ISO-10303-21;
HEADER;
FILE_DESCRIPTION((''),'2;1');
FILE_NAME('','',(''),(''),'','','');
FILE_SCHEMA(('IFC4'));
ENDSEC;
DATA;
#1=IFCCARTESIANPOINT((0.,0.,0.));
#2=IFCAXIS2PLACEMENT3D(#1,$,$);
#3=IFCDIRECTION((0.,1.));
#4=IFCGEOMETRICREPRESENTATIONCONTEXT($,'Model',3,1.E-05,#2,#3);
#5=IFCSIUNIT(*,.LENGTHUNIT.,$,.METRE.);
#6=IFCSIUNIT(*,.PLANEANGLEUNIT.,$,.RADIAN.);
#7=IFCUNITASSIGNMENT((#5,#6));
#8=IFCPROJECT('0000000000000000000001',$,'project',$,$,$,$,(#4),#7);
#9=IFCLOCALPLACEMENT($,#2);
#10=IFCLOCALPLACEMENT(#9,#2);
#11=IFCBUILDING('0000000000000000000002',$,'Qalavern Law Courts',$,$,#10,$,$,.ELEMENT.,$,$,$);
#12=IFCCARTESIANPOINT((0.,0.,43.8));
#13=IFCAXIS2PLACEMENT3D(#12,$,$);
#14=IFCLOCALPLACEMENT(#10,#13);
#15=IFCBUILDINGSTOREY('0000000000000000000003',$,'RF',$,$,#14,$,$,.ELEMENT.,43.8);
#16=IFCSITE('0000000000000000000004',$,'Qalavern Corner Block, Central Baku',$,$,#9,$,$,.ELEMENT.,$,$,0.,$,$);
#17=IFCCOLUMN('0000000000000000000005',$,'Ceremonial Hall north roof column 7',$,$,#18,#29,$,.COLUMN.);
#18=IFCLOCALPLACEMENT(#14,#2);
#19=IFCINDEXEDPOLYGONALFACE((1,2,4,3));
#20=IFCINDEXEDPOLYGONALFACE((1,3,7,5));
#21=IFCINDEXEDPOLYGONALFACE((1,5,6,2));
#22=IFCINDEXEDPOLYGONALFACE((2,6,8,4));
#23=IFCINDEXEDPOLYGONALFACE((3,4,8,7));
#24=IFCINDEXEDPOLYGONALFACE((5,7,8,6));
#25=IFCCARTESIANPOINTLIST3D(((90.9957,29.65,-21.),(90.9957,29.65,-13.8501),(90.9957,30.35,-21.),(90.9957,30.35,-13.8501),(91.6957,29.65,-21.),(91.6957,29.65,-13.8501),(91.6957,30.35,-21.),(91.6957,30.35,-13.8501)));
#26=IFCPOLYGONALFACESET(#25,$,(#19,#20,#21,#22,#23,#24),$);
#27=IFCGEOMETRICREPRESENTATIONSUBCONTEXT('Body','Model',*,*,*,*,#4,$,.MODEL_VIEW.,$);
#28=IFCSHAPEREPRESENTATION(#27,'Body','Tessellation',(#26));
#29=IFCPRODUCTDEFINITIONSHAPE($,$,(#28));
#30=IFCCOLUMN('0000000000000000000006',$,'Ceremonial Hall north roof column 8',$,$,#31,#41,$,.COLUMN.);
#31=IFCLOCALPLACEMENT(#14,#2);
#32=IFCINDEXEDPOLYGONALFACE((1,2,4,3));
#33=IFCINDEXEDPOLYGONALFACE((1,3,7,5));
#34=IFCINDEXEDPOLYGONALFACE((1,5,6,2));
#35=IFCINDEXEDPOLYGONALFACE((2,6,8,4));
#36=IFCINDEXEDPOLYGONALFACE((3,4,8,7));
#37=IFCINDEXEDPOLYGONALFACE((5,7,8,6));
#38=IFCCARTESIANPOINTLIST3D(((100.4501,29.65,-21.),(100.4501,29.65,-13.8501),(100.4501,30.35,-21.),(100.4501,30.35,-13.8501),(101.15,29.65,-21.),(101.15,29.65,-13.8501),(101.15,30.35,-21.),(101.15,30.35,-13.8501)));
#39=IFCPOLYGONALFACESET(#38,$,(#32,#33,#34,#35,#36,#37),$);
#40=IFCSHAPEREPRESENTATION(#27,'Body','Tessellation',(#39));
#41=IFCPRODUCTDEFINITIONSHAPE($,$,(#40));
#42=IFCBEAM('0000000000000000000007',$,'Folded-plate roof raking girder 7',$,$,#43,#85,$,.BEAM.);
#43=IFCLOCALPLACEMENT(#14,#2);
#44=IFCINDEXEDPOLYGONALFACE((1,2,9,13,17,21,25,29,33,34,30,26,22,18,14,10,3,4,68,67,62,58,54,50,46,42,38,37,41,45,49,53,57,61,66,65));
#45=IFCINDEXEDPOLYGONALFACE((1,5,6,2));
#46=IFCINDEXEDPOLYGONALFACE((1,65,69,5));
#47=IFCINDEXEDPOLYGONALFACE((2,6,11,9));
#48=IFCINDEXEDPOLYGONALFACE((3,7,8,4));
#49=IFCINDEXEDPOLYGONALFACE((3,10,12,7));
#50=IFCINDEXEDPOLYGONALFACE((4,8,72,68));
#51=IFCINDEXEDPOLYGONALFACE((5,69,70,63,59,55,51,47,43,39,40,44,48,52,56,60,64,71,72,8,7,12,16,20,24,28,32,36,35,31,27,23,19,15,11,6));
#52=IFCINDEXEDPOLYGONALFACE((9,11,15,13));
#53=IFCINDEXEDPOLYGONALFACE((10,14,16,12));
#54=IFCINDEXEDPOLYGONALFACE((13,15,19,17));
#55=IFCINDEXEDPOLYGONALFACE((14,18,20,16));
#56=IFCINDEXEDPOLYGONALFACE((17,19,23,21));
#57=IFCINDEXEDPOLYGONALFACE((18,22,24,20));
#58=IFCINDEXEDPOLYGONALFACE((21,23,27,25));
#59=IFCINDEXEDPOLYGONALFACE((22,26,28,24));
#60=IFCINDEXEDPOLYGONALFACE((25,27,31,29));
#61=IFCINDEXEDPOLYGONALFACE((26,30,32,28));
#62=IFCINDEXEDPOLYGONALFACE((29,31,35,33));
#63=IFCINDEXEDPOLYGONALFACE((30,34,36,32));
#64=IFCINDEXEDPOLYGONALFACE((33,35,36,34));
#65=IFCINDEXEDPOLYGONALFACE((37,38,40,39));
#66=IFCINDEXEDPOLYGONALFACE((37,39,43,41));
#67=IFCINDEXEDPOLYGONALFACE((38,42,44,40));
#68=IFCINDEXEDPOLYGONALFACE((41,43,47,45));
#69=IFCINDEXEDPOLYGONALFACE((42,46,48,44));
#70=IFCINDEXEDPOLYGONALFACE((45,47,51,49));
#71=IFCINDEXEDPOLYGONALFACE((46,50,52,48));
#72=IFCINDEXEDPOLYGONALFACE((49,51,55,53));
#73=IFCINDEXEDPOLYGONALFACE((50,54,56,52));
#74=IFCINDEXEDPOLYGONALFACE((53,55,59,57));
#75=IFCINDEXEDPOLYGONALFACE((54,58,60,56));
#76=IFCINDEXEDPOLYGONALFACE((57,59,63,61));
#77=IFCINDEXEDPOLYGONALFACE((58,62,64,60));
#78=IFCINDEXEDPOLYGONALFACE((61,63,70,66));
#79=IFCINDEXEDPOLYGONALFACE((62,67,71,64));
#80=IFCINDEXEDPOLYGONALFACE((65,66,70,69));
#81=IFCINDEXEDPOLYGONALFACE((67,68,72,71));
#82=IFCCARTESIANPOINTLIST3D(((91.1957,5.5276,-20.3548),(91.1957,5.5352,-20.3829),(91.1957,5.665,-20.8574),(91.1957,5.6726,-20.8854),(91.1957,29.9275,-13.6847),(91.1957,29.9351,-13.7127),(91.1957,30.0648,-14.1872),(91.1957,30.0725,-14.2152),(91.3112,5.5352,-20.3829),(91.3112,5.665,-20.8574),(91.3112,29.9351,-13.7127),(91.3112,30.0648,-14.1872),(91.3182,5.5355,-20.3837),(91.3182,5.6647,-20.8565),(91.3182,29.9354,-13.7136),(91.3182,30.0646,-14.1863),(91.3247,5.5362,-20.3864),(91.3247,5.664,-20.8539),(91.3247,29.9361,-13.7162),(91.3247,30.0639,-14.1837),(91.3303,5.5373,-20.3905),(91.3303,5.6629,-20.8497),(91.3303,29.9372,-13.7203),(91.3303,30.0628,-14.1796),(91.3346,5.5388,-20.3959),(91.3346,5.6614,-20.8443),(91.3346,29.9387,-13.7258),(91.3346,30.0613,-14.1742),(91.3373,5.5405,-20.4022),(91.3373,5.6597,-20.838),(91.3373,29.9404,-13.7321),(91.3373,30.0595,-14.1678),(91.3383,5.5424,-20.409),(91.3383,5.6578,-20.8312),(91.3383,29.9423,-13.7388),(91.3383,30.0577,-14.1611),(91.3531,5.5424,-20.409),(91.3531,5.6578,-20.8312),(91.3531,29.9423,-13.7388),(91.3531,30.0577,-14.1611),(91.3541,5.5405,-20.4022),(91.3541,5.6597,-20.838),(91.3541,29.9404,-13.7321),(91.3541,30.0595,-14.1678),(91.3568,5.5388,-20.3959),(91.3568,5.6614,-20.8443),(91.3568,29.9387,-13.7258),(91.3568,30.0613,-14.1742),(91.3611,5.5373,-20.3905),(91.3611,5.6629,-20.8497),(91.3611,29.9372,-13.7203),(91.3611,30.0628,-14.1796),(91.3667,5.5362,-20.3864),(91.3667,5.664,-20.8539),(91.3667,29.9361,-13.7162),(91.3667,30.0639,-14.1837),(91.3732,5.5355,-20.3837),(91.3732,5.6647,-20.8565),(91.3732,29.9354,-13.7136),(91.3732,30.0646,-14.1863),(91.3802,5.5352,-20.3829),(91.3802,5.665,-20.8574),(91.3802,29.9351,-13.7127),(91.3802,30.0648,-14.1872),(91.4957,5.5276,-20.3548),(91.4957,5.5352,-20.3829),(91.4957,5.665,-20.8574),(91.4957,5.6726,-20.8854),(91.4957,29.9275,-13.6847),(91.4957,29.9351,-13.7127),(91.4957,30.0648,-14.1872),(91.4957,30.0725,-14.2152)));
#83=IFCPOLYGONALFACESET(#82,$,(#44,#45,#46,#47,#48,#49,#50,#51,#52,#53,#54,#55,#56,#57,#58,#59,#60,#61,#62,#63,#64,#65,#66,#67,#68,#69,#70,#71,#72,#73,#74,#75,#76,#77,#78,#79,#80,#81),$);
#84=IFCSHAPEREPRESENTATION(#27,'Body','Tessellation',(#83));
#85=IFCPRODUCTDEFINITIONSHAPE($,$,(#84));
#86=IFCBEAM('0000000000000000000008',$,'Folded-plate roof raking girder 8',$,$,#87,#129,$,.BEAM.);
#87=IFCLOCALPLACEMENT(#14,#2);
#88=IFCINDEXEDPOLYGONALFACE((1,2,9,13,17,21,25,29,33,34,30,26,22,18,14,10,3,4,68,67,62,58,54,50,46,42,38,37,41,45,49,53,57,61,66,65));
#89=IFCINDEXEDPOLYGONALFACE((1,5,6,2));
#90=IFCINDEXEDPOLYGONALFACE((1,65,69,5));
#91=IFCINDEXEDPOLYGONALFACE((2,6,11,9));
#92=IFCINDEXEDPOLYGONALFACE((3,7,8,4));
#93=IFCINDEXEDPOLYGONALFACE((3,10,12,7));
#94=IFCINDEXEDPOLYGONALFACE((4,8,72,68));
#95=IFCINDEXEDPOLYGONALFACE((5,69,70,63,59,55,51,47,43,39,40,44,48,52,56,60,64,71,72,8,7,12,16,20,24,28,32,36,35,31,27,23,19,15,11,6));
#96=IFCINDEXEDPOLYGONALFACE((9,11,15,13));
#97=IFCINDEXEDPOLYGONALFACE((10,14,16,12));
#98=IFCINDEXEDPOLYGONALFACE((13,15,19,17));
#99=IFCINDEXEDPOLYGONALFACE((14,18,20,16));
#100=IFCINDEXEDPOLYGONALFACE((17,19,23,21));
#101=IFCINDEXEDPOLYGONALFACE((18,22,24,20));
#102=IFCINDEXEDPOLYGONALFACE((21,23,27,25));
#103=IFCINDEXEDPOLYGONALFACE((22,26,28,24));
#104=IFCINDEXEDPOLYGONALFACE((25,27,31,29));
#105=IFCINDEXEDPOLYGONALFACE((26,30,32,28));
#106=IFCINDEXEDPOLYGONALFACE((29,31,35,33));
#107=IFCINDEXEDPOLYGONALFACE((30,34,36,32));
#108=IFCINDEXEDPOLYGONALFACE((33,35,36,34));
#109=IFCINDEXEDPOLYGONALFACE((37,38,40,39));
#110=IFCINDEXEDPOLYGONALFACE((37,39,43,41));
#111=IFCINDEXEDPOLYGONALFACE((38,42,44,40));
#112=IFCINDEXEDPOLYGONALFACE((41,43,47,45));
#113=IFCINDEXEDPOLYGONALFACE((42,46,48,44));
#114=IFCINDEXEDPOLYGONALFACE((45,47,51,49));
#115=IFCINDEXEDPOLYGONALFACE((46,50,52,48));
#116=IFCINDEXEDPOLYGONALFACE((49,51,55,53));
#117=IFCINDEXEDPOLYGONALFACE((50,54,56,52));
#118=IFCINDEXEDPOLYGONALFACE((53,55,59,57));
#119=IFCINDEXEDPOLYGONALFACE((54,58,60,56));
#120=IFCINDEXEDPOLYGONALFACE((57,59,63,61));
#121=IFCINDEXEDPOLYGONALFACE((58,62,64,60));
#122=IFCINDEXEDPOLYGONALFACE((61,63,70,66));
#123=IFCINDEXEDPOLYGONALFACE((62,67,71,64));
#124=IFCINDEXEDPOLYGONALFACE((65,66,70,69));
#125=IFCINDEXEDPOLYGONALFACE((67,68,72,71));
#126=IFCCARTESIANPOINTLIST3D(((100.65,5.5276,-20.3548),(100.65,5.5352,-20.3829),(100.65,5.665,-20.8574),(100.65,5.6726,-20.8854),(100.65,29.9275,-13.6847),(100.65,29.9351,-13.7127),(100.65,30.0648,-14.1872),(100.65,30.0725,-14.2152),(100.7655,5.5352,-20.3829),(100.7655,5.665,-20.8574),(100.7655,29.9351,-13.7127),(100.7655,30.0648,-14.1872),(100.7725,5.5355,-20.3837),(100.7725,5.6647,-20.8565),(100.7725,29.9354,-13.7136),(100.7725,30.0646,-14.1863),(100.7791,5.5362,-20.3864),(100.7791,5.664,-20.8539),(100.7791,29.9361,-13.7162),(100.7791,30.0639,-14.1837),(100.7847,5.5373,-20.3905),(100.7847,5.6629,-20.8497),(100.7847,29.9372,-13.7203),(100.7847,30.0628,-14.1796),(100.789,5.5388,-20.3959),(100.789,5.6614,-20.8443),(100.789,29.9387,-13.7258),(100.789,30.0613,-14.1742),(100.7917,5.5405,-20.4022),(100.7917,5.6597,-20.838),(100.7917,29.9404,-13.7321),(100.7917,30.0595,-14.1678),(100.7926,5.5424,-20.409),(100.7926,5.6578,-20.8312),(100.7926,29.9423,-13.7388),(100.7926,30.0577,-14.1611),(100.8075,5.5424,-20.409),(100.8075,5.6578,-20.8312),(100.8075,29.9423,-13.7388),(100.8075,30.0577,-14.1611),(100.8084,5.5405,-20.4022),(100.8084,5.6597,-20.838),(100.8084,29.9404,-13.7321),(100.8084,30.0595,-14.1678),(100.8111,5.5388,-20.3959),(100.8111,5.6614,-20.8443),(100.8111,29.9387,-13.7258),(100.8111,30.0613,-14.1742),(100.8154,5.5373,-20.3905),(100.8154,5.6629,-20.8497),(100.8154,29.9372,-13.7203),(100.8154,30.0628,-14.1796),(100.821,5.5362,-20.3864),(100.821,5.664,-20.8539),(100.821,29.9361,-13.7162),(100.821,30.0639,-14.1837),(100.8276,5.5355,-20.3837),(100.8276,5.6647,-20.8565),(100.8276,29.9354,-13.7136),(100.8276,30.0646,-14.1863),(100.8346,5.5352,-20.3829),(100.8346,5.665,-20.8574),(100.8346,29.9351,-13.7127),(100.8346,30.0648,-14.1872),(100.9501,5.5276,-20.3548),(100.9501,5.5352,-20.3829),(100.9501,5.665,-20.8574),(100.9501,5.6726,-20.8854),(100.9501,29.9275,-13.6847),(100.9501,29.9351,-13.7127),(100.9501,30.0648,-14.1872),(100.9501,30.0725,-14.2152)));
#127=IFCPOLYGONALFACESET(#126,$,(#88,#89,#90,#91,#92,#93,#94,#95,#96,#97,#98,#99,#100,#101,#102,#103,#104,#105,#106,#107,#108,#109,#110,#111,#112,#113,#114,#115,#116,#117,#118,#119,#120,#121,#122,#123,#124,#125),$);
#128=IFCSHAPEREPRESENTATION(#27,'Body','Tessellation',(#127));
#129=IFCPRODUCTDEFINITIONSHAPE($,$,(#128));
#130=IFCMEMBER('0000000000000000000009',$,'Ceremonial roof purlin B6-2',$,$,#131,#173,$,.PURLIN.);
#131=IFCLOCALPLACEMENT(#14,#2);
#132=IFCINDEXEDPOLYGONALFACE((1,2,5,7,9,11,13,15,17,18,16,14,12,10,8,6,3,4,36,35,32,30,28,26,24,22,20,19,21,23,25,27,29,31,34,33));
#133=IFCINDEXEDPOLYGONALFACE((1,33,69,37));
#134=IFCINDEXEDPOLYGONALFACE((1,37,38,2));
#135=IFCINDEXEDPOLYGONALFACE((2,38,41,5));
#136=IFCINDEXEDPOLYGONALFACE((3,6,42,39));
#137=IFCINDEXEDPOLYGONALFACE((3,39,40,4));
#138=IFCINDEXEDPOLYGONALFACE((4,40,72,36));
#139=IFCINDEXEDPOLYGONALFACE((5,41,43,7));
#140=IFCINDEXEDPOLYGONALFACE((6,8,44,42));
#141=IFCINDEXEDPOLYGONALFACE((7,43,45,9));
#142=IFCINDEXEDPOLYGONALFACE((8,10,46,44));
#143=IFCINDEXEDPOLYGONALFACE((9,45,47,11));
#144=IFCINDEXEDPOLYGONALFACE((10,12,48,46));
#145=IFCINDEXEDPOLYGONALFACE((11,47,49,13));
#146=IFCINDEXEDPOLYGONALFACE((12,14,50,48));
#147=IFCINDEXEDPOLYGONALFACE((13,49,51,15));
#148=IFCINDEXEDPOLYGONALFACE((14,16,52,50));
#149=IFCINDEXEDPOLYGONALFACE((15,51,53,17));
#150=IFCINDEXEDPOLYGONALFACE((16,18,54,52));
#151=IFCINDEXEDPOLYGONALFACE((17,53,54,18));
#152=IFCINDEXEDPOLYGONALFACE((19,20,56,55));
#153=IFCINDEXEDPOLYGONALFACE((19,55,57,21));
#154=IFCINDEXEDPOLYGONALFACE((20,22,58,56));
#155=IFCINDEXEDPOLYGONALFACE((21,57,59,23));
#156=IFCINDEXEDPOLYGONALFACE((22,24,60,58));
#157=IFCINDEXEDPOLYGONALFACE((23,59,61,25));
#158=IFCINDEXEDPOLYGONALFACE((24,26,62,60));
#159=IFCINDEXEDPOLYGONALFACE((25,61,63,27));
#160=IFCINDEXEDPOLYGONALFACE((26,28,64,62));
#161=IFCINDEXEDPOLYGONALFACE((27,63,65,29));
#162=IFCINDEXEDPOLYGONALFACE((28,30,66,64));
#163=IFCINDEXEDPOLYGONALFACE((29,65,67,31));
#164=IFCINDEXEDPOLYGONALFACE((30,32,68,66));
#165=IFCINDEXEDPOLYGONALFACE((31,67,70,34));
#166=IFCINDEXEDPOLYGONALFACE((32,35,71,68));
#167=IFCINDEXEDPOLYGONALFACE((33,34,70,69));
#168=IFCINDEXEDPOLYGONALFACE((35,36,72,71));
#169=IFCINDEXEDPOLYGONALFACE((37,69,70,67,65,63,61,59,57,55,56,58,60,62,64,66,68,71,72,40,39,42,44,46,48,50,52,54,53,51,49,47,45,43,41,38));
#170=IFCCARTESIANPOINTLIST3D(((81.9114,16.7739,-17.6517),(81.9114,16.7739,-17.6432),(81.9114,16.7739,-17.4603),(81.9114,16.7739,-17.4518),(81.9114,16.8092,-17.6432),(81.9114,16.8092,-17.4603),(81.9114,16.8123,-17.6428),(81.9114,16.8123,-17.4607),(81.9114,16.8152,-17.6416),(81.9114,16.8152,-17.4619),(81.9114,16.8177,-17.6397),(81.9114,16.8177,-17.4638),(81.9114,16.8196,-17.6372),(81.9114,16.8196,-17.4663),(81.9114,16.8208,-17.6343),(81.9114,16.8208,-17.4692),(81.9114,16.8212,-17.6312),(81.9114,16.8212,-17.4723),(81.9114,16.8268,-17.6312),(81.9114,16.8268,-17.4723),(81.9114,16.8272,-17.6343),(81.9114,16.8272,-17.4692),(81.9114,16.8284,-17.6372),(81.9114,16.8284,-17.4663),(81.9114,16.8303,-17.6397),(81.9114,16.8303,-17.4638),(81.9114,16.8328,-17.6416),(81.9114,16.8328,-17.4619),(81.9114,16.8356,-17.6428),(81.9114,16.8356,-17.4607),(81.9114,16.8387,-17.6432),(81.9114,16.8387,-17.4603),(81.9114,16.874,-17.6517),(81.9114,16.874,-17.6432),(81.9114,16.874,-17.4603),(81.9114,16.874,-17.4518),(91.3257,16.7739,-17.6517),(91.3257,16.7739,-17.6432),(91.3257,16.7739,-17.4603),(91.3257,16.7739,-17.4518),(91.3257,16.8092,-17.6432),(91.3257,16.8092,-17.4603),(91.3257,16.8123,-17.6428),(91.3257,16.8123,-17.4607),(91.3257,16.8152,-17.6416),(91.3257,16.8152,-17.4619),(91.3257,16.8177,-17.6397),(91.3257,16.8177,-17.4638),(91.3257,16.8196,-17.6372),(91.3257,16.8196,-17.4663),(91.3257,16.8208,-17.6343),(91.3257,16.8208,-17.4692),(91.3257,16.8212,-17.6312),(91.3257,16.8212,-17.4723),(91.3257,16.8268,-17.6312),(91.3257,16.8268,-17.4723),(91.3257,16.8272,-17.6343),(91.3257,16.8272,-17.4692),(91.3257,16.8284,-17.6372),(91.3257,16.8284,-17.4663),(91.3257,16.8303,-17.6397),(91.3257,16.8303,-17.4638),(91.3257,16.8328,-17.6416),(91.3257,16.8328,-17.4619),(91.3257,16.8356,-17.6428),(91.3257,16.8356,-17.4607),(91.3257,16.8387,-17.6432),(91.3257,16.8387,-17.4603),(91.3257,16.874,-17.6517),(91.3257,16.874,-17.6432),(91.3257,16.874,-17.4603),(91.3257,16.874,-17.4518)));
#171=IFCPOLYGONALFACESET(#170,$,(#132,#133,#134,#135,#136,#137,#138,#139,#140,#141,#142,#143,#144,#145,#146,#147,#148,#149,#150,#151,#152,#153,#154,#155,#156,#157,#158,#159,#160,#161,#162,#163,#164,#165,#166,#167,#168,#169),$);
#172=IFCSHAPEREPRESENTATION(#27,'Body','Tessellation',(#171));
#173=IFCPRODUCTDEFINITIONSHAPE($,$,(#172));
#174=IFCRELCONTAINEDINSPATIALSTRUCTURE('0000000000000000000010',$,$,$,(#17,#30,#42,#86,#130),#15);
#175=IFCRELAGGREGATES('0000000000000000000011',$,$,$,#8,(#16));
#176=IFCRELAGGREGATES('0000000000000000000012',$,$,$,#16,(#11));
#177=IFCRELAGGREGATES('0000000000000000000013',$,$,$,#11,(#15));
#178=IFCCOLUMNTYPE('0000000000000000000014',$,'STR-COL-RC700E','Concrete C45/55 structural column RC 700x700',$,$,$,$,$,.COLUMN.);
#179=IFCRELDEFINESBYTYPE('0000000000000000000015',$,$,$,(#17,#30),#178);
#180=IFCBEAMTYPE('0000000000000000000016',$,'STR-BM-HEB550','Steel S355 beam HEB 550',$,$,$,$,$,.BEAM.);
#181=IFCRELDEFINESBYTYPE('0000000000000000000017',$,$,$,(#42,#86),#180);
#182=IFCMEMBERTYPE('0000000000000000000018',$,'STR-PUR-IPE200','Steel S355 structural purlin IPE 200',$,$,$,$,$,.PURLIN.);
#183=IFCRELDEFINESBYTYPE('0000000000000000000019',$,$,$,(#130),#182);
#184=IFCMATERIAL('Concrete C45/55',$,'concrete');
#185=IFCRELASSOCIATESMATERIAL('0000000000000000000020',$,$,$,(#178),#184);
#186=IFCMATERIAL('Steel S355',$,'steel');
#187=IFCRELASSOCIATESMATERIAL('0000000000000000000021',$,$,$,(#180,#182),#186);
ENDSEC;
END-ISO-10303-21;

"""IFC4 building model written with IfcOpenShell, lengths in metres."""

from ifc_helpers import new_model, si_unit, direction, frame, origin, origin_2d, place, context, subcontext, project, spatial, rectangle, i_section, extrude, material, material_profile, profile_set, type_object, element, save


model = new_model("IFC4")

# Units and contexts
model_context = context("Model", 3, precision=1e-05, world=origin(), true_north=direction((0.0, 1.0)))
body_context = subcontext(model_context, "Body", "Model", "MODEL_VIEW")
ifc_project = project(units=[si_unit("LENGTHUNIT", "METRE"), si_unit("PLANEANGLEUNIT", "RADIAN")], contexts=[model_context])

# Site, building, storey
site_placement = place(None, origin())
site = spatial("IfcSite", under=ifc_project, at=site_placement, Name="Qalavern Corner Block, Central Baku", CompositionType="ELEMENT", RefElevation=0.0)
building_placement = place(site_placement, origin())
building = spatial("IfcBuilding", under=site, at=building_placement, Name="Qalavern Law Courts", CompositionType="ELEMENT")
storey_placement = place(building_placement, frame((0.0, 0.0, 43.8)))
storey = spatial("IfcBuildingStorey", under=building, at=storey_placement, Name="RF", CompositionType="ELEMENT", Elevation=43.8)

# Columns
ifc_material_1 = material(Name="Concrete C45/55", Category="concrete")
ifc_material_profile_1 = material_profile(ifc_material_1, rectangle(XDim=0.7, YDim=0.7, at=origin_2d()), Name="RC 700x700")
ifc_profile_set_1 = profile_set([ifc_material_profile_1], Name="Concrete C45/55")
column_type = type_object("IfcColumnType", Name="STR-COL-RC700E", Description="Concrete C45/55 structural column RC 700x700", PredefinedType="COLUMN", material=ifc_profile_set_1)
for number, where, z_axis, x_axis, name in (
    (1, (91.3457, 30.0, -21.0), (0.0, 0.0, 1.0), (1.0, 0.0, 0.0), "Ceremonial Hall north roof column 7"),
    (2, (100.8, 30.0, -21.0), (0.0, 0.0, 1.0), (1.0, 0.0, 0.0), "Ceremonial Hall north roof column 8"),
):
    element("IfcColumn", number, at=place(storey_placement, frame(where, z_axis=z_axis, x_axis=x_axis)), inside=storey, type_object=column_type, Name=name, PredefinedType="COLUMN", context=body_context, shape_type="SweptSolid", body=[
        extrude(rectangle(XDim=0.7, YDim=0.7, at=origin_2d()), origin(), (0.0, 0.0, 1.0), 7.1499),
    ])

# Beams
ifc_material_2 = material(Name="Steel S355", Category="steel")
ifc_material_profile_2 = material_profile(ifc_material_2, i_section(OverallWidth=0.3, OverallDepth=0.55, WebThickness=0.0149, FlangeThickness=0.0291, FilletRadius=0.0271, at=origin_2d()), Name="HEB 550")
ifc_profile_set_2 = profile_set([ifc_material_profile_2], Name="Steel S355")
beam_type_1 = type_object("IfcBeamType", Name="STR-BM-HEB550", Description="Steel S355 beam HEB 550", PredefinedType="BEAM", material=ifc_profile_set_2)
for number, where, z_axis, x_axis, name in (
    (3, (91.3457, 5.6001, -20.6201), (0.0, 0.964607, 0.263693), (-1.0, 0.0, 0.0), "Folded-plate roof raking girder 7"),
    (4, (100.8, 5.6001, -20.6201), (0.0, 0.964607, 0.263693), (-1.0, 0.0, 0.0), "Folded-plate roof raking girder 8"),
):
    element("IfcBeam", number, at=place(storey_placement, frame(where, z_axis=z_axis, x_axis=x_axis)), inside=storey, type_object=beam_type_1, Name=name, PredefinedType="BEAM", context=body_context, shape_type="SweptSolid", body=[
        extrude(i_section(OverallWidth=0.3, OverallDepth=0.55, WebThickness=0.0149, FlangeThickness=0.0291, FilletRadius=0.0271, at=origin_2d()), origin(), (0.0, 0.0, 1.0), 25.2952),
    ])

# Member
ifc_material_profile_3 = material_profile(ifc_material_2, i_section(OverallWidth=0.1001, OverallDepth=0.2, WebThickness=0.0056, FlangeThickness=0.0085, FilletRadius=0.012, at=origin_2d()), Name="IPE 200")
ifc_profile_set_3 = profile_set([ifc_material_profile_3], Name="Steel S355")
member_type_1 = type_object("IfcMemberType", Name="STR-PUR-IPE200", Description="Steel S355 structural purlin IPE 200", PredefinedType="PURLIN", material=ifc_profile_set_3)
for number, where, z_axis, x_axis, name in (
    (5, (81.9114, 16.824, -17.5518), (1.0, 0.0, 0.0), (0.0, 1.0, 0.0), "Ceremonial roof purlin B6-2"),
):
    element("IfcMember", number, at=place(storey_placement, frame(where, z_axis=z_axis, x_axis=x_axis)), inside=storey, type_object=member_type_1, Name=name, PredefinedType="PURLIN", context=body_context, shape_type="SweptSolid", body=[
        extrude(i_section(OverallWidth=0.1001, OverallDepth=0.2, WebThickness=0.0056, FlangeThickness=0.0085, FilletRadius=0.012, at=origin_2d()), origin(), (0.0, 0.0, 1.0), 9.4143),
    ])

save(model, "model.ifc")
